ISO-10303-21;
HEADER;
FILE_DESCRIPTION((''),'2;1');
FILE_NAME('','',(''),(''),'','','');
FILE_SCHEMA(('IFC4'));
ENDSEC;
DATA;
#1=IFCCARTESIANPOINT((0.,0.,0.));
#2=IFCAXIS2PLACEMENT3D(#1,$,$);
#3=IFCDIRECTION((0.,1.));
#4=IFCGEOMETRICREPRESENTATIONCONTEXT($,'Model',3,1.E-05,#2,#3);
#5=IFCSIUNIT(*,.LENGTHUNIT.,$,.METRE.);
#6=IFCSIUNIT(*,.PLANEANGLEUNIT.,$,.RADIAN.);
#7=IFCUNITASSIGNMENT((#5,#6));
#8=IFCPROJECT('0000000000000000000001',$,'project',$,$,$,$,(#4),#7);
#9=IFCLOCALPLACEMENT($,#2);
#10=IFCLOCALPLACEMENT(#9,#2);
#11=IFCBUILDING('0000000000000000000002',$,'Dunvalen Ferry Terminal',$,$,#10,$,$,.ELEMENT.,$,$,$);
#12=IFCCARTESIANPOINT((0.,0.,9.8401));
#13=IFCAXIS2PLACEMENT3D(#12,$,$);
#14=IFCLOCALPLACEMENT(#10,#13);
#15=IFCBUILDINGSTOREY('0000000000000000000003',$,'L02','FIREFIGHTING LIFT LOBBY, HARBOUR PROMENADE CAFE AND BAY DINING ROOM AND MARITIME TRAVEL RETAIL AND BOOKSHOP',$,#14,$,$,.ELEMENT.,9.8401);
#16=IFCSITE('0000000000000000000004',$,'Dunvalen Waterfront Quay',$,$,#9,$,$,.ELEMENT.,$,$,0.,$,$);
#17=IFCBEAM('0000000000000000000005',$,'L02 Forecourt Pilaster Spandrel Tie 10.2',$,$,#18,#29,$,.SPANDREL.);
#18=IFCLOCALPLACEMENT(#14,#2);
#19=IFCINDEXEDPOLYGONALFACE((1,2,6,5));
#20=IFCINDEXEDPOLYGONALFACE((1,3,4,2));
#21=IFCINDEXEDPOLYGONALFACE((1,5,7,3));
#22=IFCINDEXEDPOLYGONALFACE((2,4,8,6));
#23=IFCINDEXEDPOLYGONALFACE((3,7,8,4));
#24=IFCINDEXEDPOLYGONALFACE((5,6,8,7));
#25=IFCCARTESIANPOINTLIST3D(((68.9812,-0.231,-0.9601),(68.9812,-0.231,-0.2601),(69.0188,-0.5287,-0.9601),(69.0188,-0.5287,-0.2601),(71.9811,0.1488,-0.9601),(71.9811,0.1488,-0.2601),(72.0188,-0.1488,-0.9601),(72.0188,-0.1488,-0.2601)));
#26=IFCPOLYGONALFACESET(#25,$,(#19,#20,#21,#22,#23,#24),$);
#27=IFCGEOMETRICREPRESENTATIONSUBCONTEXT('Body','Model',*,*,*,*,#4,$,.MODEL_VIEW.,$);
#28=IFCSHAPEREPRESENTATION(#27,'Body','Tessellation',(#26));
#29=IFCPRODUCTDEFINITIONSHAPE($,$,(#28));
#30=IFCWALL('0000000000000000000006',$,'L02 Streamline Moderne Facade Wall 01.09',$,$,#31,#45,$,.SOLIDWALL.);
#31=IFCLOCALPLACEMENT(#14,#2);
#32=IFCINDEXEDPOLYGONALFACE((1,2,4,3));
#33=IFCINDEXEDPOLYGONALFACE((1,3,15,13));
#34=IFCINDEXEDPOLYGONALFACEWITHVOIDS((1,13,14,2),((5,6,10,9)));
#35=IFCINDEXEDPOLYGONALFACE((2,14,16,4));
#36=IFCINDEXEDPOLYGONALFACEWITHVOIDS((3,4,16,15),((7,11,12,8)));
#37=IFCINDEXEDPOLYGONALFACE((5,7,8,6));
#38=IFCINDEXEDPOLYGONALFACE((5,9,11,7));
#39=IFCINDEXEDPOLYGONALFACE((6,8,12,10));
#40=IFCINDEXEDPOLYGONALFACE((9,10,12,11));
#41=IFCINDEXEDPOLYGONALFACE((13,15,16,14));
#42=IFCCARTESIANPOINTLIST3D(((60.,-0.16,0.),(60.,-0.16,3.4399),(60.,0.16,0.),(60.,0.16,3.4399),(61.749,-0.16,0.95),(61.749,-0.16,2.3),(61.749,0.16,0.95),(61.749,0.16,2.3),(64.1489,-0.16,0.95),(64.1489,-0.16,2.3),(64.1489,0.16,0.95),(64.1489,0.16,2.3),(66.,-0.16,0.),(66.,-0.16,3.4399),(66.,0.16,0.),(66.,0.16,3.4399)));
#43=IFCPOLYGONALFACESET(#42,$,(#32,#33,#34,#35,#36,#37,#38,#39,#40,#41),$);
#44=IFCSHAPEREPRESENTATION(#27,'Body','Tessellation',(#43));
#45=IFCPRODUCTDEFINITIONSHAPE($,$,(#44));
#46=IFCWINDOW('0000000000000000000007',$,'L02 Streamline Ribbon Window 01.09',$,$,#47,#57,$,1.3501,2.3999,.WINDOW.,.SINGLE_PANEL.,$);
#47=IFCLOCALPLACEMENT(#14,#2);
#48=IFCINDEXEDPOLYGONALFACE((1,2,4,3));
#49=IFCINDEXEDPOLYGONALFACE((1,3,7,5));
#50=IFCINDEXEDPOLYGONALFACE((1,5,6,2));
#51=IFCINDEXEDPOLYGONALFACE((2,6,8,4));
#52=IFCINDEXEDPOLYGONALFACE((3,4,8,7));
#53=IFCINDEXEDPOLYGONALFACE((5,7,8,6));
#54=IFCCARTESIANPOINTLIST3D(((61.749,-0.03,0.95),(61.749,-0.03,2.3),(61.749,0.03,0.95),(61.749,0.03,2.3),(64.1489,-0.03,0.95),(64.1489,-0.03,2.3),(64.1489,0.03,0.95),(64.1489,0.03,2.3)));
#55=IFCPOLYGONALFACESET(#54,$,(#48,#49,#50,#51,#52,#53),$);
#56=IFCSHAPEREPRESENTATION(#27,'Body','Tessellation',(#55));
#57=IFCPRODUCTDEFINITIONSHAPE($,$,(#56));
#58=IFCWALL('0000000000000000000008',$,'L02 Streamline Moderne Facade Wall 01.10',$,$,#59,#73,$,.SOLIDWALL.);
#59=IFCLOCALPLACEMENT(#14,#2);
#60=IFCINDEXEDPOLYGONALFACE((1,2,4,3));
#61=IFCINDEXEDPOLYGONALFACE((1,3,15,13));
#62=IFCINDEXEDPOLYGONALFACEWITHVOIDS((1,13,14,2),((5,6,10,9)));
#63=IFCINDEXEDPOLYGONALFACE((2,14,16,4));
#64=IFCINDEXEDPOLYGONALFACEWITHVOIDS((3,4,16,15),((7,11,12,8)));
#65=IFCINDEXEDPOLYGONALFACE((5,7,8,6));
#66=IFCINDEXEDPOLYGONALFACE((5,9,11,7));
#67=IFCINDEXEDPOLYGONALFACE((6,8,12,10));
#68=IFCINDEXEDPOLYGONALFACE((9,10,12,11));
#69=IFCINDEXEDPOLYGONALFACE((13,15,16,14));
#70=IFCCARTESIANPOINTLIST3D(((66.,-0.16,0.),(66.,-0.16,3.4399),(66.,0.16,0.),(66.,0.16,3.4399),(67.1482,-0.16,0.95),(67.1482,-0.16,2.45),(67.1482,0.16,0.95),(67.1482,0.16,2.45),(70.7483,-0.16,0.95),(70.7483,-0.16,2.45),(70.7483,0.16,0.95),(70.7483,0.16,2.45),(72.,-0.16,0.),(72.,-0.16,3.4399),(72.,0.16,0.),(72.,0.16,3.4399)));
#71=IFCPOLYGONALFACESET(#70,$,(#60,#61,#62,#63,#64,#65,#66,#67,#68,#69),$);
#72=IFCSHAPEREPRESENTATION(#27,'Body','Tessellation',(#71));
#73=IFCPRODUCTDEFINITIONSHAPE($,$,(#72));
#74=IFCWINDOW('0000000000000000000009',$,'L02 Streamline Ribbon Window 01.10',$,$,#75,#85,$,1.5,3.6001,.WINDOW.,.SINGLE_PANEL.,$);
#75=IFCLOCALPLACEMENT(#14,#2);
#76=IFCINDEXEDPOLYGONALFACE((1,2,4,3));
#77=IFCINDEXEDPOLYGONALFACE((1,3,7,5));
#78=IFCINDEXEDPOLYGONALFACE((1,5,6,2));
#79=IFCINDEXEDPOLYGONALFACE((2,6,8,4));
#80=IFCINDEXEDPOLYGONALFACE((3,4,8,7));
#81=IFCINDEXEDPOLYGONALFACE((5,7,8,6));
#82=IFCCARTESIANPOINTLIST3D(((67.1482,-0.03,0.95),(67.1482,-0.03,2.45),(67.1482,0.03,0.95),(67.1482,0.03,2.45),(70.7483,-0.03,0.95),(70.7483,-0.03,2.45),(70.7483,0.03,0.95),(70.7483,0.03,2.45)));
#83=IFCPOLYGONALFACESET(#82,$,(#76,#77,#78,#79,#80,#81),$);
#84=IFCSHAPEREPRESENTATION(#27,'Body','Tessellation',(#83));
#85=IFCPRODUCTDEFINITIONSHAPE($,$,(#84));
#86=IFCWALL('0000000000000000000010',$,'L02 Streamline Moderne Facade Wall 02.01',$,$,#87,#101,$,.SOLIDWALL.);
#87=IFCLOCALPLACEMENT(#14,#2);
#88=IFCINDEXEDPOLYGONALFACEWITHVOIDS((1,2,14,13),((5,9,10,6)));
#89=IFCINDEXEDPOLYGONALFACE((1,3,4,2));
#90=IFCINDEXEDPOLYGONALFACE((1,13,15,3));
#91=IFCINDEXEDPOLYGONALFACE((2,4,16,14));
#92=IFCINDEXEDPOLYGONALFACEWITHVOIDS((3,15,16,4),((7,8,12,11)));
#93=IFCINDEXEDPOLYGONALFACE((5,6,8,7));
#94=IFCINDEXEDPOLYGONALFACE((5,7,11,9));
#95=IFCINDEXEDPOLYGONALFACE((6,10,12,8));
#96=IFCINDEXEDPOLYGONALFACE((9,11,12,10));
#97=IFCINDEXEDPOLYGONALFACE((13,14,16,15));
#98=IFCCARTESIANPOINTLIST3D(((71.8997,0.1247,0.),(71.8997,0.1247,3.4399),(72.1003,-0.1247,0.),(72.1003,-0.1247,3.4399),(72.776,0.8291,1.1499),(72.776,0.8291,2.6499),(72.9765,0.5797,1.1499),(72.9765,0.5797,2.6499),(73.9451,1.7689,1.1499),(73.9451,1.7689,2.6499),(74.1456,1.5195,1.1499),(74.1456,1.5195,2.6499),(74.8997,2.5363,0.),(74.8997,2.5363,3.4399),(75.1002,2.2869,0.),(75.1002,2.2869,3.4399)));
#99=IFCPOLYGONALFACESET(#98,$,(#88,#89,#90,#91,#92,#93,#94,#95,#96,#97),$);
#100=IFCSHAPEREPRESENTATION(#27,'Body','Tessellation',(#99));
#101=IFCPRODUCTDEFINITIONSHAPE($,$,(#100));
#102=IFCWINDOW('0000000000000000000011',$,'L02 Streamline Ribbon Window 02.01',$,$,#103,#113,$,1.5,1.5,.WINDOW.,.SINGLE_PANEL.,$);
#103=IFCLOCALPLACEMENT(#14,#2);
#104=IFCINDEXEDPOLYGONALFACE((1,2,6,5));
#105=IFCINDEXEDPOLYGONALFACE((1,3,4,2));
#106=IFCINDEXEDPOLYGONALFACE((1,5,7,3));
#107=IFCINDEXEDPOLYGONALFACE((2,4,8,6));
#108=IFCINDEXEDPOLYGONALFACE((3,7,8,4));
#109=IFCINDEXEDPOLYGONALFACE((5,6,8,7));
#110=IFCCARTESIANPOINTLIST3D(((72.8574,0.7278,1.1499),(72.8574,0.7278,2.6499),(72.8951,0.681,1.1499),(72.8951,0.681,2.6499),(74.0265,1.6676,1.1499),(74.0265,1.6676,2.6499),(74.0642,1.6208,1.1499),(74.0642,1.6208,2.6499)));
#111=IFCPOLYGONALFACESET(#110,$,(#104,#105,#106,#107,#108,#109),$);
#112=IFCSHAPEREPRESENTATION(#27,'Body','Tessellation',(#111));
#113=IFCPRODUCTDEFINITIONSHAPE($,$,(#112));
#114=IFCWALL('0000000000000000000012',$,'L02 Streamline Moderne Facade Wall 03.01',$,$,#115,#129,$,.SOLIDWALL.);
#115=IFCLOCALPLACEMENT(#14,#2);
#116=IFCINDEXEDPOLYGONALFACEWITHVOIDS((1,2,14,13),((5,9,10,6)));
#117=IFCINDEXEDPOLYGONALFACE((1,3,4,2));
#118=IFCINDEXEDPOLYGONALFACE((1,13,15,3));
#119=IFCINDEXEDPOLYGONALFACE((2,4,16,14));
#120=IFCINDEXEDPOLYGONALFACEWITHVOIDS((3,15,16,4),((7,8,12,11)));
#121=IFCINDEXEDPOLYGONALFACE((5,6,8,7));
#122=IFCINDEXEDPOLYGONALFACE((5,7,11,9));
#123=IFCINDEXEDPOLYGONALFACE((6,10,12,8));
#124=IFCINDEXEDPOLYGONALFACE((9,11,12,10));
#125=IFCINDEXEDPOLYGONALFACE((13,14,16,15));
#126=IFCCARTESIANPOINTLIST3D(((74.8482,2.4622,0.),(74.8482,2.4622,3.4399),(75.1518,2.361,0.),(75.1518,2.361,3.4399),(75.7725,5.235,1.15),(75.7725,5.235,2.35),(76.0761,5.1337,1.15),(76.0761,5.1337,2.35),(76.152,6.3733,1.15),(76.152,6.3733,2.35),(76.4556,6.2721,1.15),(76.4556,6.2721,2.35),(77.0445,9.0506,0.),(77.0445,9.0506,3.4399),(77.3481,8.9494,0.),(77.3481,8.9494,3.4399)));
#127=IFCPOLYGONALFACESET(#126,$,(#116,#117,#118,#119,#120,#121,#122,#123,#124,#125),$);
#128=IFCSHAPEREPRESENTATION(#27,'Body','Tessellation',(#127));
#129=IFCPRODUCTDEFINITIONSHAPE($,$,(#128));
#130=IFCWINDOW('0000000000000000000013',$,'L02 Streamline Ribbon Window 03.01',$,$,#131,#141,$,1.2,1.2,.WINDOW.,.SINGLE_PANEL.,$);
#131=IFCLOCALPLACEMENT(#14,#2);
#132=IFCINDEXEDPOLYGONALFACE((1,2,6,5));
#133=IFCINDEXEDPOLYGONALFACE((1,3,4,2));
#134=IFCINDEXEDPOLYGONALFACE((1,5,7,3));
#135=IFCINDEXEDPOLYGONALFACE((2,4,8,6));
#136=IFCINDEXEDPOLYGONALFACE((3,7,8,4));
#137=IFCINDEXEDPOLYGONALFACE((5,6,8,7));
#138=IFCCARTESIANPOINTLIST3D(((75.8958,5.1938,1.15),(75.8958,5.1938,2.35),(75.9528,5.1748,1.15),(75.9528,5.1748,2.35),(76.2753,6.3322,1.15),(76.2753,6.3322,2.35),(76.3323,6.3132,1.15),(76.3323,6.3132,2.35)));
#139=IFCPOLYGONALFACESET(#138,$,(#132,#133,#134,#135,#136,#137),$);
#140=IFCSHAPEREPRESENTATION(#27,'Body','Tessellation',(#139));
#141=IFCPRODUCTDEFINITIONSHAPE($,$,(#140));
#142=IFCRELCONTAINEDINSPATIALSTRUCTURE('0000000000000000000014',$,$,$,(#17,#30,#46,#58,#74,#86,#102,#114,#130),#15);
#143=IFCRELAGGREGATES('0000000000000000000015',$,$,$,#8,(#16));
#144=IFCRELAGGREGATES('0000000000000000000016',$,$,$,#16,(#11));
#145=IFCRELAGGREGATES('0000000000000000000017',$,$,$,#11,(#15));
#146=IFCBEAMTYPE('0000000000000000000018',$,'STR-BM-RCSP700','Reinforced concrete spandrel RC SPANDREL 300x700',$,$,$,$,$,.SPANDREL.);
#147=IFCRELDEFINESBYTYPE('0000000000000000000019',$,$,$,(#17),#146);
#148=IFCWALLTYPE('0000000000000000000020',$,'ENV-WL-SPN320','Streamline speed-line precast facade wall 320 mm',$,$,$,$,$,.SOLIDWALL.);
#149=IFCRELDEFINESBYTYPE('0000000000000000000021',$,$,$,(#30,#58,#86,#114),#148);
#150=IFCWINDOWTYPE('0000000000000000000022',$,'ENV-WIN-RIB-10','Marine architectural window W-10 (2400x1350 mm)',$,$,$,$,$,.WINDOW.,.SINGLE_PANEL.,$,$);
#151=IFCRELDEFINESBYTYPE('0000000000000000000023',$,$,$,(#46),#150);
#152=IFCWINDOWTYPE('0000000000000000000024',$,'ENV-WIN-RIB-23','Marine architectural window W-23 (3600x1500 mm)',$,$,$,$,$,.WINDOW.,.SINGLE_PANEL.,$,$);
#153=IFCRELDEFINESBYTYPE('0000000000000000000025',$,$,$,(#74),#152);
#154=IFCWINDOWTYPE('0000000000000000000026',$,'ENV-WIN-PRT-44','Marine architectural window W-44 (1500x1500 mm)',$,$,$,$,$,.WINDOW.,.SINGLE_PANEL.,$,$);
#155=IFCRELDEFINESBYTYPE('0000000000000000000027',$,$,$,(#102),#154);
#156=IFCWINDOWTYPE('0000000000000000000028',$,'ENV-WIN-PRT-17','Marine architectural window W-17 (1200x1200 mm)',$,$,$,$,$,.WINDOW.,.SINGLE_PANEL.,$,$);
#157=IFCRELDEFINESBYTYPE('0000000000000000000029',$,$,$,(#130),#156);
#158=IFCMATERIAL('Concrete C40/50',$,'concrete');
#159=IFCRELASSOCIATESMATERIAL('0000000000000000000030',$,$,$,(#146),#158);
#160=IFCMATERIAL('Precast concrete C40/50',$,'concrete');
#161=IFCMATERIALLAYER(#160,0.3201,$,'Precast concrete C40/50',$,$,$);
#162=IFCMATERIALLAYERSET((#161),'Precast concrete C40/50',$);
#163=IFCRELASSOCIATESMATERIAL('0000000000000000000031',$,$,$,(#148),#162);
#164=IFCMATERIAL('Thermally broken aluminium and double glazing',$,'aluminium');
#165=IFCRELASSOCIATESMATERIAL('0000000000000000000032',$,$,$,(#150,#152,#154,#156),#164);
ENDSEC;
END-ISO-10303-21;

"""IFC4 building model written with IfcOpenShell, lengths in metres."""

from ifc_helpers import new_model, si_unit, direction, frame, frame_2d, origin, origin_2d, place, context, subcontext, project, spatial, rectangle, extrude, material, layer, layer_set, material_profile, profile_set, type_object, element, fill, save


model = new_model("IFC4")

# Units and contexts
model_context = context("Model", 3, precision=1e-05, world=origin(), true_north=direction((0.0, 1.0)))
body_context = subcontext(model_context, "Body", "Model", "MODEL_VIEW")
ifc_project = project(units=[si_unit("LENGTHUNIT", "METRE"), si_unit("PLANEANGLEUNIT", "RADIAN")], contexts=[model_context])

# Site, building, storey
site_placement = place(None, origin())
site = spatial("IfcSite", under=ifc_project, at=site_placement, Name="Dunvalen Waterfront Quay", CompositionType="ELEMENT", RefElevation=0.0)
building_placement = place(site_placement, origin())
building = spatial("IfcBuilding", under=site, at=building_placement, Name="Dunvalen Ferry Terminal", CompositionType="ELEMENT")
storey_placement = place(building_placement, frame((0.0, 0.0, 9.8401)))
storey = spatial("IfcBuildingStorey", under=building, at=storey_placement, Name="L02", Description="FIREFIGHTING LIFT LOBBY, HARBOUR PROMENADE CAFE AND BAY DINING ROOM AND MARITIME TRAVEL RETAIL AND BOOKSHOP", CompositionType="ELEMENT", Elevation=9.8401)

# Shared definitions
ifc_material_1 = material(Name="Concrete C40/50", Category="concrete")

# Beam
ifc_material_profile_1 = material_profile(ifc_material_1, rectangle(XDim=0.3, YDim=0.7, at=origin_2d()), Name="Concrete C40/50")
ifc_profile_set_1 = profile_set([ifc_material_profile_1], Name="Concrete C40/50")
beam_type_1 = type_object("IfcBeamType", Name="STR-BM-RCSP700", Description="Reinforced concrete spandrel RC SPANDREL 300x700", PredefinedType="SPANDREL", material=ifc_profile_set_1)
for number, where, z_axis, x_axis, name in (
    (1, (69.0, -0.3799, -0.6101), (0.992078, 0.125624, 0.0), (-0.125624, 0.992078, 0.0), "L02 Forecourt Pilaster Spandrel Tie 10.2"),
):
    element("IfcBeam", number, at=place(storey_placement, frame(where, z_axis=z_axis, x_axis=x_axis)), inside=storey, type_object=beam_type_1, Name=name, PredefinedType="SPANDREL", context=body_context, shape_type="SweptSolid", body=[
        extrude(rectangle(XDim=0.3, YDim=0.7, at=origin_2d()), origin(), (0.0, 0.0, 1.0), 3.0239),
    ])

# Walls, openings, windows
ifc_material_2 = material(Name="Precast concrete C40/50", Category="concrete")
ifc_layer_1 = layer(ifc_material_2, 0.3201, Name="Precast concrete C40/50")
ifc_layer_set_1 = layer_set([ifc_layer_1], Name="Precast concrete C40/50")
wall_type_1 = type_object("IfcWallType", Name="ENV-WL-SPN320", Description="Streamline speed-line precast facade wall 320 mm", PredefinedType="SOLIDWALL", material=ifc_layer_set_1)
wall_1_placement = place(storey_placement, frame((60.0, 0.0, 0.0), z_axis=(0.0, 0.0, 1.0), x_axis=(1.0, 0.0, 0.0)))
wall_1 = element("IfcWall", 2, at=wall_1_placement, inside=storey, type_object=wall_type_1, Name="L02 Streamline Moderne Facade Wall 01.09", PredefinedType="SOLIDWALL", context=body_context, shape_type="SweptSolid", body=[
    extrude(rectangle(XDim=6.0, YDim=0.3201, at=frame_2d((3.0, 0.0))), origin(), (0.0, 0.0, 1.0), 3.4399),
])
opening_1_placement = place(wall_1_placement, frame((1.749, 0.0, 0.95)))
opening_1 = element("IfcOpeningElement", 3, at=opening_1_placement, cuts=wall_1, PredefinedType="OPENING", context=body_context, shape_type="SweptSolid", body=[
    extrude(rectangle(XDim=2.3999, YDim=1.3501, at=frame_2d((1.2, 0.675))), frame((0.0, 0.1699, 0.0), z_axis=(0.0, -1.0, 0.0), x_axis=(1.0, 0.0, 0.0)), (0.0, 0.0, 1.0), 0.3401),
])
ifc_material_3 = material(Name="Thermally broken aluminium and double glazing", Category="aluminium")
window_type_1 = type_object("IfcWindowType", Name="ENV-WIN-RIB-10", Description="Marine architectural window W-10 (2400x1350 mm)", PartitioningType="SINGLE_PANEL", PredefinedType="WINDOW", material=ifc_material_3)
window_1_placement = place(opening_1_placement, origin())
window_1 = element("IfcWindow", 4, at=window_1_placement, inside=storey, type_object=window_type_1, Name="L02 Streamline Ribbon Window 01.09", OverallHeight=1.3501, OverallWidth=2.3999, PartitioningType="SINGLE_PANEL", PredefinedType="WINDOW", context=body_context, shape_type="SweptSolid", body=[
    extrude(rectangle(XDim=2.3999, YDim=1.3501, at=frame_2d((1.2, 0.675))), frame((0.0, 0.03, 0.0), z_axis=(0.0, -1.0, 0.0), x_axis=(1.0, 0.0, 0.0)), (0.0, 0.0, 1.0), 0.0601),
])
fill(opening_1, window_1)
wall_2_placement = place(storey_placement, frame((66.0, 0.0, 0.0), z_axis=(0.0, 0.0, 1.0), x_axis=(1.0, 0.0, 0.0)))
wall_2 = element("IfcWall", 5, at=wall_2_placement, inside=storey, type_object=wall_type_1, Name="L02 Streamline Moderne Facade Wall 01.10", PredefinedType="SOLIDWALL", context=body_context, shape_type="SweptSolid", body=[
    extrude(rectangle(XDim=6.0, YDim=0.3201, at=frame_2d((3.0, 0.0))), origin(), (0.0, 0.0, 1.0), 3.4399),
])
opening_2_placement = place(wall_2_placement, frame((1.1482, 0.0, 0.95)))
opening_2 = element("IfcOpeningElement", 6, at=opening_2_placement, cuts=wall_2, PredefinedType="OPENING", context=body_context, shape_type="SweptSolid", body=[
    extrude(rectangle(XDim=3.6001, YDim=1.5, at=frame_2d((1.8, 0.75))), frame((0.0, 0.1699, 0.0), z_axis=(0.0, -1.0, 0.0), x_axis=(1.0, 0.0, 0.0)), (0.0, 0.0, 1.0), 0.3401),
])
window_type_2 = type_object("IfcWindowType", Name="ENV-WIN-RIB-23", Description="Marine architectural window W-23 (3600x1500 mm)", PartitioningType="SINGLE_PANEL", PredefinedType="WINDOW", material=ifc_material_3)
window_2_placement = place(opening_2_placement, origin())
window_2 = element("IfcWindow", 7, at=window_2_placement, inside=storey, type_object=window_type_2, Name="L02 Streamline Ribbon Window 01.10", OverallHeight=1.5, OverallWidth=3.6001, PartitioningType="SINGLE_PANEL", PredefinedType="WINDOW", context=body_context, shape_type="SweptSolid", body=[
    extrude(rectangle(XDim=3.6001, YDim=1.5, at=frame_2d((1.8, 0.75))), frame((0.0, 0.03, 0.0), z_axis=(0.0, -1.0, 0.0), x_axis=(1.0, 0.0, 0.0)), (0.0, 0.0, 1.0), 0.0601),
])
fill(opening_2, window_2)
wall_3_placement = place(storey_placement, frame((72.0, 0.0, 0.0), z_axis=(0.0, 0.0, 1.0), x_axis=(0.779394, 0.626534, 0.0)))
wall_3 = element("IfcWall", 8, at=wall_3_placement, inside=storey, type_object=wall_type_1, Name="L02 Streamline Moderne Facade Wall 02.01", PredefinedType="SOLIDWALL", context=body_context, shape_type="SweptSolid", body=[
    extrude(rectangle(XDim=3.8491, YDim=0.3201, at=frame_2d((1.9246, 0.0))), origin(), (0.0, 0.0, 1.0), 3.4399),
])
opening_3_placement = place(wall_3_placement, frame((1.1243, 0.0, 1.1499)))
opening_3 = element("IfcOpeningElement", 9, at=opening_3_placement, cuts=wall_3, PredefinedType="OPENING", context=body_context, shape_type="SweptSolid", body=[
    extrude(rectangle(XDim=1.5, YDim=1.5, at=frame_2d((0.75, 0.75))), frame((0.0, 0.1699, 0.0), z_axis=(0.0, -1.0, 0.0), x_axis=(1.0, 0.0, 0.0)), (0.0, 0.0, 1.0), 0.3401),
])
window_type_3 = type_object("IfcWindowType", Name="ENV-WIN-PRT-44", Description="Marine architectural window W-44 (1500x1500 mm)", PartitioningType="SINGLE_PANEL", PredefinedType="WINDOW", material=ifc_material_3)
window_3_placement = place(opening_3_placement, origin())
window_3 = element("IfcWindow", 10, at=window_3_placement, inside=storey, type_object=window_type_3, Name="L02 Streamline Ribbon Window 02.01", OverallHeight=1.5, OverallWidth=1.5, PartitioningType="SINGLE_PANEL", PredefinedType="WINDOW", context=body_context, shape_type="SweptSolid", body=[
    extrude(rectangle(XDim=1.5, YDim=1.5, at=frame_2d((0.75, 0.75))), frame((0.0, 0.03, 0.0), z_axis=(0.0, -1.0, 0.0), x_axis=(1.0, 0.0, 0.0)), (0.0, 0.0, 1.0), 0.0601),
])
fill(opening_3, window_3)
wall_4_placement = place(storey_placement, frame((75.0, 2.4116, 0.0), z_axis=(0.0, 0.0, 1.0), x_axis=(0.316249, 0.948676, 0.0)))
wall_4 = element("IfcWall", 11, at=wall_4_placement, inside=storey, type_object=wall_type_1, Name="L02 Streamline Moderne Facade Wall 03.01", PredefinedType="SOLIDWALL", context=body_context, shape_type="SweptSolid", body=[
    extrude(rectangle(XDim=6.9448, YDim=0.3201, at=frame_2d((3.4724, 0.0))), origin(), (0.0, 0.0, 1.0), 3.4399),
])
opening_4_placement = place(wall_4_placement, frame((2.9226, 0.0, 1.1499)))
opening_4 = element("IfcOpeningElement", 12, at=opening_4_placement, cuts=wall_4, PredefinedType="OPENING", context=body_context, shape_type="SweptSolid", body=[
    extrude(rectangle(XDim=1.2, YDim=1.2, at=frame_2d((0.6001, 0.6001))), frame((0.0, 0.1699, 0.0), z_axis=(0.0, -1.0, 0.0), x_axis=(1.0, 0.0, 0.0)), (0.0, 0.0, 1.0), 0.3401),
])
window_type_4 = type_object("IfcWindowType", Name="ENV-WIN-PRT-17", Description="Marine architectural window W-17 (1200x1200 mm)", PartitioningType="SINGLE_PANEL", PredefinedType="WINDOW", material=ifc_material_3)
window_4_placement = place(opening_4_placement, origin())
window_4 = element("IfcWindow", 13, at=window_4_placement, inside=storey, type_object=window_type_4, Name="L02 Streamline Ribbon Window 03.01", OverallHeight=1.2, OverallWidth=1.2, PartitioningType="SINGLE_PANEL", PredefinedType="WINDOW", context=body_context, shape_type="SweptSolid", body=[
    extrude(rectangle(XDim=1.2, YDim=1.2, at=frame_2d((0.6001, 0.6001))), frame((0.0, 0.03, 0.0), z_axis=(0.0, -1.0, 0.0), x_axis=(1.0, 0.0, 0.0)), (0.0, 0.0, 1.0), 0.0601),
])
fill(opening_4, window_4)

save(model, "model.ifc")
